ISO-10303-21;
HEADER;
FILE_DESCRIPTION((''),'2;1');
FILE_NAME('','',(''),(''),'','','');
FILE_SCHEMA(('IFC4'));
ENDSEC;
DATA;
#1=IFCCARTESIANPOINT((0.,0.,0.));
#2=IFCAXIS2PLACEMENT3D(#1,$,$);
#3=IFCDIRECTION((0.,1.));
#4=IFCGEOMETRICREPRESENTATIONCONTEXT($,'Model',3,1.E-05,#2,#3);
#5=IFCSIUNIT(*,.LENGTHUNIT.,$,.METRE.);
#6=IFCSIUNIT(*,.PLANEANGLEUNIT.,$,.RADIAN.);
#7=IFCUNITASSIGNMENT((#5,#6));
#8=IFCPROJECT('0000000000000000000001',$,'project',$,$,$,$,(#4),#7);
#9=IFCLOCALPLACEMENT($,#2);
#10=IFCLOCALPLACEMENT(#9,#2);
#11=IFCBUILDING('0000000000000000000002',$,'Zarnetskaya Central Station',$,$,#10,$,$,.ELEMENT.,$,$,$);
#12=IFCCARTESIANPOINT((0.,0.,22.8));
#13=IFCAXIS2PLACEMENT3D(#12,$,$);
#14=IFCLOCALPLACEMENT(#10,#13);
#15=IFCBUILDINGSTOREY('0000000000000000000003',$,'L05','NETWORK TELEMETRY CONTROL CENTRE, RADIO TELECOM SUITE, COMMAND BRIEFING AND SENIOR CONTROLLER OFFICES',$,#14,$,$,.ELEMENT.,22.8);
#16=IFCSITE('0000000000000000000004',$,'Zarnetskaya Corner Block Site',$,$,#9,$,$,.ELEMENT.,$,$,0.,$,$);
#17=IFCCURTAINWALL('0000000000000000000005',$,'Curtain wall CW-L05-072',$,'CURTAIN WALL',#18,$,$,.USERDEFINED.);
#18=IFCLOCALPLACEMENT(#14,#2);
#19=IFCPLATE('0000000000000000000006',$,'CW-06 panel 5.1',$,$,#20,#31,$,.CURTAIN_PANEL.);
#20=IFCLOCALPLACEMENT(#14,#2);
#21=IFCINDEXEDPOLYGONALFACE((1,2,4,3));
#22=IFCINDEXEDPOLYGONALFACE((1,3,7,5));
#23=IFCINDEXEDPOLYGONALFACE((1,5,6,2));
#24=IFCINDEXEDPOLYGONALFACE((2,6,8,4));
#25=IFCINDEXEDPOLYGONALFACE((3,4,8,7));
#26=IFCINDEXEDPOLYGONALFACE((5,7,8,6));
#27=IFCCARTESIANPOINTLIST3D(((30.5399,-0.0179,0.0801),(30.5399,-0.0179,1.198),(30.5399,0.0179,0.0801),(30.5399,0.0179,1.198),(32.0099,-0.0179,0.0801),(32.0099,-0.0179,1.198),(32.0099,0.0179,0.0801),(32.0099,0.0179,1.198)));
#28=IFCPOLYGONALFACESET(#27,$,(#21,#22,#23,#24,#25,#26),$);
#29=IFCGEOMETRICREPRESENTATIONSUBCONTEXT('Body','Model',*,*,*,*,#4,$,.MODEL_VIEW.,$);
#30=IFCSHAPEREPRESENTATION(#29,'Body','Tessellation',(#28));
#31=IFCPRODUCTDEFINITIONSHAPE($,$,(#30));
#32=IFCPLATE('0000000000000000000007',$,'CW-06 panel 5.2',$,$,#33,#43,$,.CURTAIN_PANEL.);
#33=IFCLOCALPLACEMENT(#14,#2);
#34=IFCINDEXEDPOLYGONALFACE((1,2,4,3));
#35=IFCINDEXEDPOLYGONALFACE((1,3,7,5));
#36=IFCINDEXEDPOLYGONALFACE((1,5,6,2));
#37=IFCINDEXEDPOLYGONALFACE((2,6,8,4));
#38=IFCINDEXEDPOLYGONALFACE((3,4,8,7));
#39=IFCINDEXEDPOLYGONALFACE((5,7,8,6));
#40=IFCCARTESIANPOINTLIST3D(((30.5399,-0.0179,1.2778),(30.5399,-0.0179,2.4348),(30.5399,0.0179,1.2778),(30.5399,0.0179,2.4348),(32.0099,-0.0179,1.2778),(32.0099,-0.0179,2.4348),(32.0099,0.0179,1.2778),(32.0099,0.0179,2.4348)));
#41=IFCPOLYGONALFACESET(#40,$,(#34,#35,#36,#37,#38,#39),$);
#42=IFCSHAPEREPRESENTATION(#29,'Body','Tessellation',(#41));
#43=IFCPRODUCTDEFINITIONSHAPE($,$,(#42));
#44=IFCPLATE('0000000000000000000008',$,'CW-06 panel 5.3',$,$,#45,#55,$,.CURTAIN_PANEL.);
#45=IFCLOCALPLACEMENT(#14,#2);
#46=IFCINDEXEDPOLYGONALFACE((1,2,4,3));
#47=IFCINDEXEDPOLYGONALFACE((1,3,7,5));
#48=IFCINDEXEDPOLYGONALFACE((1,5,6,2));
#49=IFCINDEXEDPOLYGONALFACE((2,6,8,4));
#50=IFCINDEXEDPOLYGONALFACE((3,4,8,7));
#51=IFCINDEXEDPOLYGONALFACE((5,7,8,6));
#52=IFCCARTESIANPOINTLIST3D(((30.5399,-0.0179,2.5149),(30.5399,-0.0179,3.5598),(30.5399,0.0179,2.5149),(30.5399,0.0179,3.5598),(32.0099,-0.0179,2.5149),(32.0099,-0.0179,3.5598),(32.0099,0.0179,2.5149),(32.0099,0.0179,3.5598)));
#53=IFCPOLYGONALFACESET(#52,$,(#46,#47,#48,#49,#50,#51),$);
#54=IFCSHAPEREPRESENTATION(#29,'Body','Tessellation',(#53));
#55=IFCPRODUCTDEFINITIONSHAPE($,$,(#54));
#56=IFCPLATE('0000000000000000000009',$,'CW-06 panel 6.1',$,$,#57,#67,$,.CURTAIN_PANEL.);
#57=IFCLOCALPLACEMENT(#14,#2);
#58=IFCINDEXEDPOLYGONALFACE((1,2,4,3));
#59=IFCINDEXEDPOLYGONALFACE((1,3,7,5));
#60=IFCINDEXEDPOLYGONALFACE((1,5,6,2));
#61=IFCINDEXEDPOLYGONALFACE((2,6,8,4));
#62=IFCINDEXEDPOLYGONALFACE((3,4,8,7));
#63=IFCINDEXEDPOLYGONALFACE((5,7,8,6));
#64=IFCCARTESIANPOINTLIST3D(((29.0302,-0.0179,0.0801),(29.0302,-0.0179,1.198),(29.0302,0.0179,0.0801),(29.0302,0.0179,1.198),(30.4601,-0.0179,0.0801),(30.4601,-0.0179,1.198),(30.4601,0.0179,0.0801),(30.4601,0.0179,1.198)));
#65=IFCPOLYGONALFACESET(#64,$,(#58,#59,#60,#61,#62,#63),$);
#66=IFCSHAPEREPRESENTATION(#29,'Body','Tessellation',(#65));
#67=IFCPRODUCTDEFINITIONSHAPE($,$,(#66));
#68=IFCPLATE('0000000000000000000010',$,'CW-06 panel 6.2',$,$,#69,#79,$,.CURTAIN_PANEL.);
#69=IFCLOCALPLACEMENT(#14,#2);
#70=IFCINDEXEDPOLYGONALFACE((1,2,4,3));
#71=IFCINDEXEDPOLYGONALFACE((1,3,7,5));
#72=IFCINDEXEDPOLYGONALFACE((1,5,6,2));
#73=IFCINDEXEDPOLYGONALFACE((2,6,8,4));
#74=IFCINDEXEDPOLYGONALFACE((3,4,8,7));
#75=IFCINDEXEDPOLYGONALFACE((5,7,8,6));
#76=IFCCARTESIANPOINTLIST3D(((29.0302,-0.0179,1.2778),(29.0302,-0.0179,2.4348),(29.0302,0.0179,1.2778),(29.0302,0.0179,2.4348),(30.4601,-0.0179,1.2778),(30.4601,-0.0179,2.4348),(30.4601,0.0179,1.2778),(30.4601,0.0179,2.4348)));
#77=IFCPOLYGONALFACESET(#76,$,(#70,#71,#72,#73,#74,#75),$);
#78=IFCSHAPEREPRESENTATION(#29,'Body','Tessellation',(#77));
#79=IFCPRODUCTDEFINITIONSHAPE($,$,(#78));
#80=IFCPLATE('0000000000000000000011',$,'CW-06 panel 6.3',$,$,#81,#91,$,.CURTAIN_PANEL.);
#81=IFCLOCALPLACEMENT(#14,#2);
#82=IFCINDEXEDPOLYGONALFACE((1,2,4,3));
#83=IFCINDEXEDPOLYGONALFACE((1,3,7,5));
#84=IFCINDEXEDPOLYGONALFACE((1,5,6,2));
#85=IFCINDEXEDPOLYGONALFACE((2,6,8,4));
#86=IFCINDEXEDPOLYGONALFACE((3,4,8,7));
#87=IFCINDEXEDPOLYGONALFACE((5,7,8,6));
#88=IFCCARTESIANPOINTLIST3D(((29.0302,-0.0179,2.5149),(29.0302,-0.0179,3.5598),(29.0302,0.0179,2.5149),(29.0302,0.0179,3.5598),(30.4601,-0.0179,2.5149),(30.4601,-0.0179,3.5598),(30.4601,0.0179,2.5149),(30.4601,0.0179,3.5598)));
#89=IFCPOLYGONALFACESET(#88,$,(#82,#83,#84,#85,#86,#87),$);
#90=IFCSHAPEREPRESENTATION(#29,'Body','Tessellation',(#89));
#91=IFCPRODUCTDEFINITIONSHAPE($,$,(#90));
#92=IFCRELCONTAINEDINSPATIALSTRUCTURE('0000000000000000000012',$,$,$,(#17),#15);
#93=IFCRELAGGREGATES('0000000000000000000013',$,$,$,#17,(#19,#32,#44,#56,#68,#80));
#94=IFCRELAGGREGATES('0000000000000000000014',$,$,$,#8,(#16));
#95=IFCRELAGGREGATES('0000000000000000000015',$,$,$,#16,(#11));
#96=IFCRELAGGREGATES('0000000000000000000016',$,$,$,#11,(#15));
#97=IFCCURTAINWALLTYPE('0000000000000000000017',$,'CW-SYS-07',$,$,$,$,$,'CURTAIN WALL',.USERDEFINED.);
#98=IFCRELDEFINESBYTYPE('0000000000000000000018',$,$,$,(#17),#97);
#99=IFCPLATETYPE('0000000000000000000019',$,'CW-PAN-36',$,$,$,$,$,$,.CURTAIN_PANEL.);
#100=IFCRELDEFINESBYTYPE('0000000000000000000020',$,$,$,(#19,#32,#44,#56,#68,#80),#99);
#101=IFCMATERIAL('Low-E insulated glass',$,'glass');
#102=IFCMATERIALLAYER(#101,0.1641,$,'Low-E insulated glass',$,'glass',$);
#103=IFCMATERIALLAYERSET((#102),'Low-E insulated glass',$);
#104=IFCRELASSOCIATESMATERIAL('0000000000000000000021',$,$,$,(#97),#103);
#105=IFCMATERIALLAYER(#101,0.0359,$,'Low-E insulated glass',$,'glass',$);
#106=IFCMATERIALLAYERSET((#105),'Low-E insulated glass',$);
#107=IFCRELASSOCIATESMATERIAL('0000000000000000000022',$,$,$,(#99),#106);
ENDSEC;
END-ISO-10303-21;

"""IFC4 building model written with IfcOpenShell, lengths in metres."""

from ifc_helpers import new_model, si_unit, direction, frame, origin, origin_2d, place, context, subcontext, project, spatial, rectangle, extrude, material, layer, layer_set, type_object, element, aggregate, save


model = new_model("IFC4")

# Units and contexts
model_context = context("Model", 3, precision=1e-05, world=origin(), true_north=direction((0.0, 1.0)))
body_context = subcontext(model_context, "Body", "Model", "MODEL_VIEW")
ifc_project = project(units=[si_unit("LENGTHUNIT", "METRE"), si_unit("PLANEANGLEUNIT", "RADIAN")], contexts=[model_context])

# Site, building, storey
site_placement = place(None, origin())
site = spatial("IfcSite", under=ifc_project, at=site_placement, Name="Zarnetskaya Corner Block Site", CompositionType="ELEMENT", RefElevation=0.0)
building_placement = place(site_placement, origin())
building = spatial("IfcBuilding", under=site, at=building_placement, Name="Zarnetskaya Central Station", CompositionType="ELEMENT")
storey_placement = place(building_placement, frame((0.0, 0.0, 22.8)))
storey = spatial("IfcBuildingStorey", under=building, at=storey_placement, Name="L05", Description="NETWORK TELEMETRY CONTROL CENTRE, RADIO TELECOM SUITE, COMMAND BRIEFING AND SENIOR CONTROLLER OFFICES", CompositionType="ELEMENT", Elevation=22.8)

# Curtain wall, plates
ifc_material_1 = material(Name="Low-E insulated glass", Category="glass")
ifc_layer_1 = layer(ifc_material_1, 0.1641, Name="Low-E insulated glass", Category="glass")
ifc_layer_set_1 = layer_set([ifc_layer_1], Name="Low-E insulated glass")
curtain_wall_type = type_object("IfcCurtainWallType", Name="CW-SYS-07", ElementType="CURTAIN WALL", PredefinedType="USERDEFINED", material=ifc_layer_set_1)
curtain_wall_placement = place(storey_placement, origin())
curtain_wall = element("IfcCurtainWall", 1, at=curtain_wall_placement, inside=storey, type_object=curtain_wall_type, Name="Curtain wall CW-L05-072", ObjectType="CURTAIN WALL", PredefinedType="USERDEFINED")
ifc_layer_2 = layer(ifc_material_1, 0.0359, Name="Low-E insulated glass", Category="glass")
ifc_layer_set_2 = layer_set([ifc_layer_2], Name="Low-E insulated glass")
plate_type = type_object("IfcPlateType", Name="CW-PAN-36", PredefinedType="CURTAIN_PANEL", material=ifc_layer_set_2)
plate_1_placement = place(storey_placement, frame((31.2749, 0.0, 0.0801), z_axis=(0.0, 0.0, 1.0), x_axis=(-1.0, 0.0, 0.0)))
plate_1 = element("IfcPlate", 2, at=plate_1_placement, type_object=plate_type, Name="CW-06 panel 5.1", PredefinedType="CURTAIN_PANEL", context=body_context, shape_type="SweptSolid", body=[
    extrude(rectangle(XDim=1.47, YDim=0.0359, at=origin_2d()), origin(), (0.0, 0.0, 1.0), 1.1179),
])
plate_2_placement = place(storey_placement, frame((31.2749, 0.0, 1.2778), z_axis=(0.0, 0.0, 1.0), x_axis=(-1.0, 0.0, 0.0)))
plate_2 = element("IfcPlate", 3, at=plate_2_placement, type_object=plate_type, Name="CW-06 panel 5.2", PredefinedType="CURTAIN_PANEL", context=body_context, shape_type="SweptSolid", body=[
    extrude(rectangle(XDim=1.47, YDim=0.0359, at=origin_2d()), origin(), (0.0, 0.0, 1.0), 1.157),
])
plate_3_placement = place(storey_placement, frame((31.2749, 0.0, 2.5149), z_axis=(0.0, 0.0, 1.0), x_axis=(-1.0, 0.0, 0.0)))
plate_3 = element("IfcPlate", 4, at=plate_3_placement, type_object=plate_type, Name="CW-06 panel 5.3", PredefinedType="CURTAIN_PANEL", context=body_context, shape_type="SweptSolid", body=[
    extrude(rectangle(XDim=1.47, YDim=0.0359, at=origin_2d()), origin(), (0.0, 0.0, 1.0), 1.0449),
])
plate_4_placement = place(storey_placement, frame((29.7451, 0.0, 0.0801), z_axis=(0.0, 0.0, 1.0), x_axis=(-1.0, 0.0, 0.0)))
plate_4 = element("IfcPlate", 5, at=plate_4_placement, type_object=plate_type, Name="CW-06 panel 6.1", PredefinedType="CURTAIN_PANEL", context=body_context, shape_type="SweptSolid", body=[
    extrude(rectangle(XDim=1.4299, YDim=0.0359, at=origin_2d()), origin(), (0.0, 0.0, 1.0), 1.1179),
])
plate_5_placement = place(storey_placement, frame((29.7451, 0.0, 1.2778), z_axis=(0.0, 0.0, 1.0), x_axis=(-1.0, 0.0, 0.0)))
plate_5 = element("IfcPlate", 6, at=plate_5_placement, type_object=plate_type, Name="CW-06 panel 6.2", PredefinedType="CURTAIN_PANEL", context=body_context, shape_type="SweptSolid", body=[
    extrude(rectangle(XDim=1.4299, YDim=0.0359, at=origin_2d()), origin(), (0.0, 0.0, 1.0), 1.157),
])
plate_6_placement = place(storey_placement, frame((29.7451, 0.0, 2.5149), z_axis=(0.0, 0.0, 1.0), x_axis=(-1.0, 0.0, 0.0)))
plate_6 = element("IfcPlate", 7, at=plate_6_placement, type_object=plate_type, Name="CW-06 panel 6.3", PredefinedType="CURTAIN_PANEL", context=body_context, shape_type="SweptSolid", body=[
    extrude(rectangle(XDim=1.4299, YDim=0.0359, at=origin_2d()), origin(), (0.0, 0.0, 1.0), 1.0449),
])
aggregate(curtain_wall, [plate_1, plate_2, plate_3, plate_4, plate_5, plate_6])

save(model, "model.ifc")
